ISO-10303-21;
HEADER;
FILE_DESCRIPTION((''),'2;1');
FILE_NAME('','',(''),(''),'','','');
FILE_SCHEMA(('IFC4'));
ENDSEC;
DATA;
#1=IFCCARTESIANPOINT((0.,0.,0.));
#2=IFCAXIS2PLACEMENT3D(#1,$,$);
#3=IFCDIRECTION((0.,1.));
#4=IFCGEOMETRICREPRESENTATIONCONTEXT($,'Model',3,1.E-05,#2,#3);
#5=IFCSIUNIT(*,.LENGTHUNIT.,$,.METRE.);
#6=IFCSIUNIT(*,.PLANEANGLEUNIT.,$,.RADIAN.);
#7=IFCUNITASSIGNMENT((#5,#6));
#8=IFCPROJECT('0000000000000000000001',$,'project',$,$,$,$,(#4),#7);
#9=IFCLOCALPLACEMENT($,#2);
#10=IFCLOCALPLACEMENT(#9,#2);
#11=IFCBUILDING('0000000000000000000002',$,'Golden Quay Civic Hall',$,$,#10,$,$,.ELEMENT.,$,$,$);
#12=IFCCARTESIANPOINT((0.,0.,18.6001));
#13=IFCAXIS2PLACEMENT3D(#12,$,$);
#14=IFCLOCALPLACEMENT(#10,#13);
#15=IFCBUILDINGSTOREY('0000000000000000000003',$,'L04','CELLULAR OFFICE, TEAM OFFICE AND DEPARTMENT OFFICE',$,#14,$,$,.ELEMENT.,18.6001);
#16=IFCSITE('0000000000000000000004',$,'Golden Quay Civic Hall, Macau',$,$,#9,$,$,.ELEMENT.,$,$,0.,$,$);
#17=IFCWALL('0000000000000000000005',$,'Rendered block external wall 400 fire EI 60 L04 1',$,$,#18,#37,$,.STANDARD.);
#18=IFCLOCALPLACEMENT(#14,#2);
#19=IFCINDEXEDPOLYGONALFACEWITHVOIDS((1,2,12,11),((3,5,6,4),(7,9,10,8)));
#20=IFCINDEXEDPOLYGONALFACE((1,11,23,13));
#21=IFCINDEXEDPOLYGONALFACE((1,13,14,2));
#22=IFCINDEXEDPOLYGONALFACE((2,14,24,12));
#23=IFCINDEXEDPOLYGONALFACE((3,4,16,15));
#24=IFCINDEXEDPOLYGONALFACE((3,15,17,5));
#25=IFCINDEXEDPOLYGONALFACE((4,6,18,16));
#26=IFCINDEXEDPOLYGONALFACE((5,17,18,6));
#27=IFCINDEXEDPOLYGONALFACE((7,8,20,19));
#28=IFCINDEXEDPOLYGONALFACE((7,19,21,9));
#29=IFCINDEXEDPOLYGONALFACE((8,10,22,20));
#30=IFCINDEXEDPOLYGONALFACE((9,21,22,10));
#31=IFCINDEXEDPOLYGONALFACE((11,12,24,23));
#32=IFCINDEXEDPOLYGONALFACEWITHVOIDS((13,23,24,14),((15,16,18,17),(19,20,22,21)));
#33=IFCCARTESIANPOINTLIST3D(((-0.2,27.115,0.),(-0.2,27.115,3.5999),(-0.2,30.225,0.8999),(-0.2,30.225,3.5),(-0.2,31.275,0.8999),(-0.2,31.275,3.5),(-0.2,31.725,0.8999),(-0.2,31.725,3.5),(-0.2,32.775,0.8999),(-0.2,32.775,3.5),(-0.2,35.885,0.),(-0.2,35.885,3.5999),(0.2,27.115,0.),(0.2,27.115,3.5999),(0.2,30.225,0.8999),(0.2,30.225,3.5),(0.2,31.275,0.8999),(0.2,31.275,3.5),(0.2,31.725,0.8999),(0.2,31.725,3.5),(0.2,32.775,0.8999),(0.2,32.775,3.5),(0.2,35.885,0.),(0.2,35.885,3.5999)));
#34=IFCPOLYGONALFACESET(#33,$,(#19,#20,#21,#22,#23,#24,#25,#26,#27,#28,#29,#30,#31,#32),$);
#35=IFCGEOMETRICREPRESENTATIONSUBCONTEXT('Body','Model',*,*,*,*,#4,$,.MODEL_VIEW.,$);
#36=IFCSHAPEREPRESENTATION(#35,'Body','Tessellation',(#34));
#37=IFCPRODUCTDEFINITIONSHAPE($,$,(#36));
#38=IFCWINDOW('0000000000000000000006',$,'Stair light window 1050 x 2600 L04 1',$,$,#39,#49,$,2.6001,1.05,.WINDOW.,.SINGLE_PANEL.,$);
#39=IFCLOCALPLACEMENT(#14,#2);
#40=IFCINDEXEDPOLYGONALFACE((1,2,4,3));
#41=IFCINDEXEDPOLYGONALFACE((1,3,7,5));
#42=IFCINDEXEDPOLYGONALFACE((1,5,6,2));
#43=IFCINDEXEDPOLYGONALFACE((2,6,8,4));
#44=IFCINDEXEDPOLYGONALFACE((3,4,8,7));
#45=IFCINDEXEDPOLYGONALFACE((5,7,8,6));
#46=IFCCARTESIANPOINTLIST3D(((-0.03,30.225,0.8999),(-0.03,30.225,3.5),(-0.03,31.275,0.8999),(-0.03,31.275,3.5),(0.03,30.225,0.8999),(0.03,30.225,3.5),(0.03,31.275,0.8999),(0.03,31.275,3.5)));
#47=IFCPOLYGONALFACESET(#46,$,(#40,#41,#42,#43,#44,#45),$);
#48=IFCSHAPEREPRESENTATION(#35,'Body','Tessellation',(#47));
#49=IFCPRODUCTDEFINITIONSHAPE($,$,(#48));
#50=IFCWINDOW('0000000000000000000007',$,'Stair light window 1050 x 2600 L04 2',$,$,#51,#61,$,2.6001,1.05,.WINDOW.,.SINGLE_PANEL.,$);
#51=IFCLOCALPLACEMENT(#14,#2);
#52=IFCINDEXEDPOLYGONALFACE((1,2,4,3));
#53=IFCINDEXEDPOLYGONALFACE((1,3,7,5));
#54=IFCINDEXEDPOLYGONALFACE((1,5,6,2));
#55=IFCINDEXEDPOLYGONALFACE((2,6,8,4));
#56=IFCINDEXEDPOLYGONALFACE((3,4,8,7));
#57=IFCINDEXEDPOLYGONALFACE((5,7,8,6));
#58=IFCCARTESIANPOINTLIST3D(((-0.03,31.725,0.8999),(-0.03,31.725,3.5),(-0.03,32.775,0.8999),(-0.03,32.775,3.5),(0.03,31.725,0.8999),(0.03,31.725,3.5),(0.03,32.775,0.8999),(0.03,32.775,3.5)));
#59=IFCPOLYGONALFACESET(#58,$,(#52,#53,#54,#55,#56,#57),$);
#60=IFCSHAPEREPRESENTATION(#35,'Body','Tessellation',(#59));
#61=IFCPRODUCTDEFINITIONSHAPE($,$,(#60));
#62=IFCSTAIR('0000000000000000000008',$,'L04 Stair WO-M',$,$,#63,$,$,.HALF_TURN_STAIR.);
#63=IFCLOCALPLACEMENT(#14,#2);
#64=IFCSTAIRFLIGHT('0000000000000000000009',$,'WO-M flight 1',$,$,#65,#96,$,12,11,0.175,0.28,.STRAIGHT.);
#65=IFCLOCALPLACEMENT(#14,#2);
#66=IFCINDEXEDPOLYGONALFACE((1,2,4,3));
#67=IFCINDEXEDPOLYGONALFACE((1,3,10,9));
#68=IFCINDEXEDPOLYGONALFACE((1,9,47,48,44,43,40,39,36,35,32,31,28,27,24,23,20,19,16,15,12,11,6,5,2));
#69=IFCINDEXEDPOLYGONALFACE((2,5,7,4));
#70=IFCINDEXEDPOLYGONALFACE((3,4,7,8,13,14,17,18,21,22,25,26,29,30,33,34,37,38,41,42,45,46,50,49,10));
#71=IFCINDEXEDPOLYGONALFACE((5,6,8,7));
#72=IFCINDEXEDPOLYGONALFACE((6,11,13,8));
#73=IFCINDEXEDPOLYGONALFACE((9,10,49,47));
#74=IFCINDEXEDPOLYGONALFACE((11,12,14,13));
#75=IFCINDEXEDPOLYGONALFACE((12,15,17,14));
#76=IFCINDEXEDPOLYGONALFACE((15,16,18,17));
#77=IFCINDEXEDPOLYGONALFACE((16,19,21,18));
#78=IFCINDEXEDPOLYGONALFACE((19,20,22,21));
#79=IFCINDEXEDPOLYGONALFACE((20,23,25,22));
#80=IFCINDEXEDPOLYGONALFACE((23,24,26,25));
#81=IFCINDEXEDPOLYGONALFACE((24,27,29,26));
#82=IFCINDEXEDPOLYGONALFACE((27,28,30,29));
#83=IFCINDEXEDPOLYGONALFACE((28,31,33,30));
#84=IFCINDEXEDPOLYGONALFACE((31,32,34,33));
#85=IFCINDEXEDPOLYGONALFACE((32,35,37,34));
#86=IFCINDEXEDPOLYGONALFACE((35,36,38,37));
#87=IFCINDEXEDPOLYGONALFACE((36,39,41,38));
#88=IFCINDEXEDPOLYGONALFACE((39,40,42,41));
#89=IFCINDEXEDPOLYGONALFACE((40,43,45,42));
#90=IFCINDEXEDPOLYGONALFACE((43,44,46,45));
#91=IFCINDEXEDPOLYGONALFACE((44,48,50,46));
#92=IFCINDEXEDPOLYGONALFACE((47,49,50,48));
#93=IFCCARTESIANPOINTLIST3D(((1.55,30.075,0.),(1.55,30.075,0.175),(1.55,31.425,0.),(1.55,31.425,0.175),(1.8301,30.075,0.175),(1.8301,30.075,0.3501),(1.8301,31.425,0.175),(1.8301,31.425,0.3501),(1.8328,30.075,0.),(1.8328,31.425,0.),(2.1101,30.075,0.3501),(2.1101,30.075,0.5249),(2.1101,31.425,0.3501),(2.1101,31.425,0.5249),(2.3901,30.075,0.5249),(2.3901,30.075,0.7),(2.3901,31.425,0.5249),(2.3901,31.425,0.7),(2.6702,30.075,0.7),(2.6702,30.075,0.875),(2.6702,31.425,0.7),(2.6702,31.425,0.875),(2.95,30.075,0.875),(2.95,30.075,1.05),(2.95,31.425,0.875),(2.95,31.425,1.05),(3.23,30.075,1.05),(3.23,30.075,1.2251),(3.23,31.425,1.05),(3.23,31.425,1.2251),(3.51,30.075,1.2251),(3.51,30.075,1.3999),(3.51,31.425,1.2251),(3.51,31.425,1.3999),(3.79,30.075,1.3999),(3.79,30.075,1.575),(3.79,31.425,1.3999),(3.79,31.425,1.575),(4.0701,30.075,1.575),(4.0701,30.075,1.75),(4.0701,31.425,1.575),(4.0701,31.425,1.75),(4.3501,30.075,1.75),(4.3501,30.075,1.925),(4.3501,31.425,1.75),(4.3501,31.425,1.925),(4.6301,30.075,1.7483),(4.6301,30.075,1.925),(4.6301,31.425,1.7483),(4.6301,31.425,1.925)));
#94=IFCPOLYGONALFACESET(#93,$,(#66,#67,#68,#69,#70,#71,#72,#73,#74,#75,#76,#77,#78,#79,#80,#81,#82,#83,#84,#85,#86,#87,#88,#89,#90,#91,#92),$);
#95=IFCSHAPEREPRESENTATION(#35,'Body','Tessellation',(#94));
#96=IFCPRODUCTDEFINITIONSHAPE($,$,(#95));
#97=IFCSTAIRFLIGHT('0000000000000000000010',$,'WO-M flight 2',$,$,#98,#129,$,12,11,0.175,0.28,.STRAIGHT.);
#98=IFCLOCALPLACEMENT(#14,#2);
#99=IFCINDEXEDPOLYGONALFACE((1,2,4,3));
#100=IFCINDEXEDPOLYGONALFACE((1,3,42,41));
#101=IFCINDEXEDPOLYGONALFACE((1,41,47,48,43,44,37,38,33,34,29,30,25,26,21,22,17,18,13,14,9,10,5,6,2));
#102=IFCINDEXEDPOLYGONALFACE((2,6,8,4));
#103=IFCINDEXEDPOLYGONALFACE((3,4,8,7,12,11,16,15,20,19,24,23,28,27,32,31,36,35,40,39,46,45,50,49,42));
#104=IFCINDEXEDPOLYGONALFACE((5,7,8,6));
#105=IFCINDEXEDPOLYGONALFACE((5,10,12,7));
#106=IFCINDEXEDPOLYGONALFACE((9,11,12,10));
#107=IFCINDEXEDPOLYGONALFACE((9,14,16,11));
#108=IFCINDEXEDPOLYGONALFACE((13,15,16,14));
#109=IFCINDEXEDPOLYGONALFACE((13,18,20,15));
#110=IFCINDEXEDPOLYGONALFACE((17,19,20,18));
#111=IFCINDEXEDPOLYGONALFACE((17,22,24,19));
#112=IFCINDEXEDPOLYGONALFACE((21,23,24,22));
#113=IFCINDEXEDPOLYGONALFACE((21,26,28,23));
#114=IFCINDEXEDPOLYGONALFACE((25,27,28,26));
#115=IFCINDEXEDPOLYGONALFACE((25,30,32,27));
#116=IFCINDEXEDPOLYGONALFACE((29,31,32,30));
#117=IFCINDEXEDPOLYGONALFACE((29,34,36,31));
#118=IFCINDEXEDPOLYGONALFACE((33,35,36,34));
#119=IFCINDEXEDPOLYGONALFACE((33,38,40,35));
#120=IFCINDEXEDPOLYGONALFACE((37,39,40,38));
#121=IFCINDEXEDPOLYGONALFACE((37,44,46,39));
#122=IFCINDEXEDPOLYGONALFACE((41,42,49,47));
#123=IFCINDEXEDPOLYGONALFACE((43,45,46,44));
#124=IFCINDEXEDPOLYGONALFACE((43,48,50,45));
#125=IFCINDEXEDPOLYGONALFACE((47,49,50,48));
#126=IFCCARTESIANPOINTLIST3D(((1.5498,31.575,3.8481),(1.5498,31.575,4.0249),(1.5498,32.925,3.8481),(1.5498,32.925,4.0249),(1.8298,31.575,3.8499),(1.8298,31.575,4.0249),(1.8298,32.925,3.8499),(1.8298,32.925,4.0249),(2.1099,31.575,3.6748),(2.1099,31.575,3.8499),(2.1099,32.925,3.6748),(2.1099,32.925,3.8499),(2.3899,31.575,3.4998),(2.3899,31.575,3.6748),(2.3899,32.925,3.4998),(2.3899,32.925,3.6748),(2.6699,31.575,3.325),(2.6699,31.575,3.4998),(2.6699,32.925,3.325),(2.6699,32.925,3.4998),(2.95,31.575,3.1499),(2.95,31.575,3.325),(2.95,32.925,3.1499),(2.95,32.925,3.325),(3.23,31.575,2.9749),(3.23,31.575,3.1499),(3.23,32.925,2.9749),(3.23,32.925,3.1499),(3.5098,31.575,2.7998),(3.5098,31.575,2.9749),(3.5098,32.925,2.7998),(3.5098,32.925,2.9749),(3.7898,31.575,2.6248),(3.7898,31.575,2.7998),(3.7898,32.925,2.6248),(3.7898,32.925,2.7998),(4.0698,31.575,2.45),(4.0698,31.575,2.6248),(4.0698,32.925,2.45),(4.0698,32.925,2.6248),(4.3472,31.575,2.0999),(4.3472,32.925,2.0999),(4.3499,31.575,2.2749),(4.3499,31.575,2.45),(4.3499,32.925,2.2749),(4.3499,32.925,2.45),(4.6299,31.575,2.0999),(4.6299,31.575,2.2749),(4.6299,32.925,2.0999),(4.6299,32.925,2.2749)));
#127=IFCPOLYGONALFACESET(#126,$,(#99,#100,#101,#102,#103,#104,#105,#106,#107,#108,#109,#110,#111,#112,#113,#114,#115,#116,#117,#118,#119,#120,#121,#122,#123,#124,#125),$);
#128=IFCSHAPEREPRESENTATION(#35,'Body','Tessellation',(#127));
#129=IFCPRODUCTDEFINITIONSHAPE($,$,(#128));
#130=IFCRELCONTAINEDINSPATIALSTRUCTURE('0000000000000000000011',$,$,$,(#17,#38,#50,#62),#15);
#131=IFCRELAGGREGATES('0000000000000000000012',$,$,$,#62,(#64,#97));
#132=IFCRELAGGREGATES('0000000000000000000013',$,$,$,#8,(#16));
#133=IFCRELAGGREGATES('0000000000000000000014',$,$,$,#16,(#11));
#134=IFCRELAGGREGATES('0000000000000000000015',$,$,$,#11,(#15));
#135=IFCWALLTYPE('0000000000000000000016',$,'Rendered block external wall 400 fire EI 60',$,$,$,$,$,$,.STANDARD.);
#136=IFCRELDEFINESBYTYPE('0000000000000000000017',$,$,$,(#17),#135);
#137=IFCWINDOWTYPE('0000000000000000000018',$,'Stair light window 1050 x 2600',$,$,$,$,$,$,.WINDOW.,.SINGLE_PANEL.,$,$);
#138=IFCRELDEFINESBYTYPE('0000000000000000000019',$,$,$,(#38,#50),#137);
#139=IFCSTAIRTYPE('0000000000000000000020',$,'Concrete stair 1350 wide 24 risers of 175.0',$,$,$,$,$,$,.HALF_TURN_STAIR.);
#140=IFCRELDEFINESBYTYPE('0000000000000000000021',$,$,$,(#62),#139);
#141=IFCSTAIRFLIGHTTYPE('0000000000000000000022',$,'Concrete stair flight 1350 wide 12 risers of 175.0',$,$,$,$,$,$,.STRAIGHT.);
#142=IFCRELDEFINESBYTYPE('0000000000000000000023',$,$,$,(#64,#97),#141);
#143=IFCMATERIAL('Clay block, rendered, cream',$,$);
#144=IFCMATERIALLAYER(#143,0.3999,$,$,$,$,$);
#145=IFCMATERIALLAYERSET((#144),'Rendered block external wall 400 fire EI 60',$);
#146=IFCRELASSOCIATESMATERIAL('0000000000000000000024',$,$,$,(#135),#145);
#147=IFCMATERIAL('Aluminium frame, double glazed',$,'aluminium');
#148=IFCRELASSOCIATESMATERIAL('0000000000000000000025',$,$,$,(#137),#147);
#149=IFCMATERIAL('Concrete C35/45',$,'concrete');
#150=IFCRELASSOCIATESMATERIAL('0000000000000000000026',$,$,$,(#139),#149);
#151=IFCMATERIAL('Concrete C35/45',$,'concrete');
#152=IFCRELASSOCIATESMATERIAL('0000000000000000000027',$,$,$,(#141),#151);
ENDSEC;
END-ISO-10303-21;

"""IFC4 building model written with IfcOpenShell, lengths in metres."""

from ifc_helpers import new_model, si_unit, direction, frame, frame_2d, origin, place, context, subcontext, project, spatial, polyline, rectangle, outline, extrude, material, layer, layer_set, type_object, element, fill, aggregate, save


model = new_model("IFC4")

# Units and contexts
model_context = context("Model", 3, precision=1e-05, world=origin(), true_north=direction((0.0, 1.0)))
body_context = subcontext(model_context, "Body", "Model", "MODEL_VIEW")
ifc_project = project(units=[si_unit("LENGTHUNIT", "METRE"), si_unit("PLANEANGLEUNIT", "RADIAN")], contexts=[model_context])

# Site, building, storey
site_placement = place(None, origin())
site = spatial("IfcSite", under=ifc_project, at=site_placement, Name="Golden Quay Civic Hall, Macau", CompositionType="ELEMENT", RefElevation=0.0)
building_placement = place(site_placement, origin())
building = spatial("IfcBuilding", under=site, at=building_placement, Name="Golden Quay Civic Hall", CompositionType="ELEMENT")
storey_placement = place(building_placement, frame((0.0, 0.0, 18.6001)))
storey = spatial("IfcBuildingStorey", under=building, at=storey_placement, Name="L04", Description="CELLULAR OFFICE, TEAM OFFICE AND DEPARTMENT OFFICE", CompositionType="ELEMENT", Elevation=18.6001)

# Wall, openings, windows
ifc_material_1 = material(Name="Clay block, rendered, cream")
ifc_layer_1 = layer(ifc_material_1, 0.3999)
ifc_layer_set_1 = layer_set([ifc_layer_1], Name="Rendered block external wall 400 fire EI 60")
wall_type_1 = type_object("IfcWallType", Name="Rendered block external wall 400 fire EI 60", PredefinedType="STANDARD", material=ifc_layer_set_1)
wall_1_placement = place(storey_placement, frame((0.0, 27.115, 0.0), z_axis=(0.0, 0.0, 1.0), x_axis=(0.0, 1.0, 0.0)))
wall_1 = element("IfcWall", 1, at=wall_1_placement, inside=storey, type_object=wall_type_1, Name="Rendered block external wall 400 fire EI 60 L04 1", PredefinedType="STANDARD", context=body_context, shape_type="SweptSolid", body=[
    extrude(rectangle(XDim=8.77, YDim=0.3999, at=frame_2d((4.385, 0.0))), origin(), (0.0, 0.0, 1.0), 3.5999),
])
opening_1_placement = place(wall_1_placement, frame((3.1101, 0.0, 0.8999)))
opening_1 = element("IfcOpeningElement", 2, at=opening_1_placement, cuts=wall_1, PredefinedType="OPENING", context=body_context, shape_type="SweptSolid", body=[
    extrude(rectangle(XDim=1.05, YDim=2.6001, at=frame_2d((0.5249, 1.3))), frame((0.0, 0.21, 0.0), z_axis=(0.0, -1.0, 0.0), x_axis=(1.0, 0.0, 0.0)), (0.0, 0.0, 1.0), 0.4199),
])
opening_2_placement = place(wall_1_placement, frame((4.6101, 0.0, 0.8999)))
opening_2 = element("IfcOpeningElement", 3, at=opening_2_placement, cuts=wall_1, PredefinedType="OPENING", context=body_context, shape_type="SweptSolid", body=[
    extrude(rectangle(XDim=1.05, YDim=2.6001, at=frame_2d((0.5249, 1.3))), frame((0.0, 0.21, 0.0), z_axis=(0.0, -1.0, 0.0), x_axis=(1.0, 0.0, 0.0)), (0.0, 0.0, 1.0), 0.4199),
])
ifc_material_2 = material(Name="Aluminium frame, double glazed", Category="aluminium")
window_type = type_object("IfcWindowType", Name="Stair light window 1050 x 2600", PartitioningType="SINGLE_PANEL", PredefinedType="WINDOW", material=ifc_material_2)
window_1_placement = place(opening_1_placement, origin())
window_1 = element("IfcWindow", 4, at=window_1_placement, inside=storey, type_object=window_type, Name="Stair light window 1050 x 2600 L04 1", OverallHeight=2.6001, OverallWidth=1.05, PartitioningType="SINGLE_PANEL", PredefinedType="WINDOW", context=body_context, shape_type="SweptSolid", body=[
    extrude(rectangle(XDim=1.05, YDim=2.6001, at=frame_2d((0.5249, 1.3))), frame((0.0, 0.03, 0.0), z_axis=(0.0, -1.0, 0.0), x_axis=(1.0, 0.0, 0.0)), (0.0, 0.0, 1.0), 0.0601),
])
fill(opening_1, window_1)
window_2_placement = place(opening_2_placement, origin())
window_2 = element("IfcWindow", 5, at=window_2_placement, inside=storey, type_object=window_type, Name="Stair light window 1050 x 2600 L04 2", OverallHeight=2.6001, OverallWidth=1.05, PartitioningType="SINGLE_PANEL", PredefinedType="WINDOW", context=body_context, shape_type="SweptSolid", body=[
    extrude(rectangle(XDim=1.05, YDim=2.6001, at=frame_2d((0.5249, 1.3))), frame((0.0, 0.03, 0.0), z_axis=(0.0, -1.0, 0.0), x_axis=(1.0, 0.0, 0.0)), (0.0, 0.0, 1.0), 0.0601),
])
fill(opening_2, window_2)

# Stair, stair flights
ifc_material_3 = material(Name="Concrete C35/45", Category="concrete")
stair_type = type_object("IfcStairType", Name="Concrete stair 1350 wide 24 risers of 175.0", PredefinedType="HALF_TURN_STAIR", material=ifc_material_3)
stair_placement = place(storey_placement, origin())
stair = element("IfcStair", 6, at=stair_placement, inside=storey, type_object=stair_type, Name="L04 Stair WO-M", PredefinedType="HALF_TURN_STAIR")
ifc_material_4 = material(Name="Concrete C35/45", Category="concrete")
stair_flight_type = type_object("IfcStairFlightType", Name="Concrete stair flight 1350 wide 12 risers of 175.0", PredefinedType="STRAIGHT", material=ifc_material_4)
stair_flight_1_placement = place(storey_placement, frame((1.55, 30.75, 0.0), z_axis=(0.0, 0.0, 1.0), x_axis=(1.0, 0.0, 0.0)))
stair_flight_1 = element("IfcStairFlight", 7, at=stair_flight_1_placement, type_object=stair_flight_type, Name="WO-M flight 1", NumberOfRisers=12, NumberOfTreads=11, PredefinedType="STRAIGHT", RiserHeight=0.175, TreadLength=0.28, context=body_context, shape_type="SweptSolid", body=[
    extrude(outline(polyline([(0.0, 0.0), (0.0, 0.175), (0.28, 0.175), (0.28, 0.3501), (0.5601, 0.3501), (0.5601, 0.5249), (0.8401, 0.5249), (0.8401, 0.7), (1.1201, 0.7), (1.1201, 0.875), (1.3999, 0.875), (1.3999, 1.05), (1.6799, 1.05), (1.6799, 1.2251), (1.96, 1.2251), (1.96, 1.3999), (2.24, 1.3999), (2.24, 1.575), (2.52, 1.575), (2.52, 1.75), (2.8, 1.75), (2.8, 1.925), (3.0801, 1.925), (3.0801, 2.1001), (3.0801, 1.7483), (0.2827, 0.0), (0.0, 0.0)])), frame((0.0, 0.675, 0.0), z_axis=(0.0, -1.0, 0.0), x_axis=(1.0, 0.0, 0.0)), (0.0, 0.0, 1.0), 1.35),
])
stair_flight_2_placement = place(storey_placement, frame((4.6299, 32.25, 2.0999), z_axis=(0.0, 0.0, 1.0), x_axis=(-1.0, 0.0, 0.0)))
stair_flight_2 = element("IfcStairFlight", 8, at=stair_flight_2_placement, type_object=stair_flight_type, Name="WO-M flight 2", NumberOfRisers=12, NumberOfTreads=11, PredefinedType="STRAIGHT", RiserHeight=0.175, TreadLength=0.28, context=body_context, shape_type="SweptSolid", body=[
    extrude(outline(polyline([(0.0, 0.0), (0.0, 0.175), (0.28, 0.175), (0.28, 0.3501), (0.5601, 0.3501), (0.5601, 0.5249), (0.8401, 0.5249), (0.8401, 0.7), (1.1201, 0.7), (1.1201, 0.875), (1.3999, 0.875), (1.3999, 1.05), (1.6799, 1.05), (1.6799, 1.2251), (1.96, 1.2251), (1.96, 1.3999), (2.24, 1.3999), (2.24, 1.575), (2.52, 1.575), (2.52, 1.75), (2.8, 1.75), (2.8, 1.925), (3.0801, 1.925), (3.0801, 2.1001), (3.0801, 1.7483), (0.2827, 0.0), (0.0, 0.0)])), frame((0.0, 0.675, 0.0), z_axis=(0.0, -1.0, 0.0), x_axis=(1.0, 0.0, 0.0)), (0.0, 0.0, 1.0), 1.35),
])
aggregate(stair, [stair_flight_1, stair_flight_2])

save(model, "model.ifc")
